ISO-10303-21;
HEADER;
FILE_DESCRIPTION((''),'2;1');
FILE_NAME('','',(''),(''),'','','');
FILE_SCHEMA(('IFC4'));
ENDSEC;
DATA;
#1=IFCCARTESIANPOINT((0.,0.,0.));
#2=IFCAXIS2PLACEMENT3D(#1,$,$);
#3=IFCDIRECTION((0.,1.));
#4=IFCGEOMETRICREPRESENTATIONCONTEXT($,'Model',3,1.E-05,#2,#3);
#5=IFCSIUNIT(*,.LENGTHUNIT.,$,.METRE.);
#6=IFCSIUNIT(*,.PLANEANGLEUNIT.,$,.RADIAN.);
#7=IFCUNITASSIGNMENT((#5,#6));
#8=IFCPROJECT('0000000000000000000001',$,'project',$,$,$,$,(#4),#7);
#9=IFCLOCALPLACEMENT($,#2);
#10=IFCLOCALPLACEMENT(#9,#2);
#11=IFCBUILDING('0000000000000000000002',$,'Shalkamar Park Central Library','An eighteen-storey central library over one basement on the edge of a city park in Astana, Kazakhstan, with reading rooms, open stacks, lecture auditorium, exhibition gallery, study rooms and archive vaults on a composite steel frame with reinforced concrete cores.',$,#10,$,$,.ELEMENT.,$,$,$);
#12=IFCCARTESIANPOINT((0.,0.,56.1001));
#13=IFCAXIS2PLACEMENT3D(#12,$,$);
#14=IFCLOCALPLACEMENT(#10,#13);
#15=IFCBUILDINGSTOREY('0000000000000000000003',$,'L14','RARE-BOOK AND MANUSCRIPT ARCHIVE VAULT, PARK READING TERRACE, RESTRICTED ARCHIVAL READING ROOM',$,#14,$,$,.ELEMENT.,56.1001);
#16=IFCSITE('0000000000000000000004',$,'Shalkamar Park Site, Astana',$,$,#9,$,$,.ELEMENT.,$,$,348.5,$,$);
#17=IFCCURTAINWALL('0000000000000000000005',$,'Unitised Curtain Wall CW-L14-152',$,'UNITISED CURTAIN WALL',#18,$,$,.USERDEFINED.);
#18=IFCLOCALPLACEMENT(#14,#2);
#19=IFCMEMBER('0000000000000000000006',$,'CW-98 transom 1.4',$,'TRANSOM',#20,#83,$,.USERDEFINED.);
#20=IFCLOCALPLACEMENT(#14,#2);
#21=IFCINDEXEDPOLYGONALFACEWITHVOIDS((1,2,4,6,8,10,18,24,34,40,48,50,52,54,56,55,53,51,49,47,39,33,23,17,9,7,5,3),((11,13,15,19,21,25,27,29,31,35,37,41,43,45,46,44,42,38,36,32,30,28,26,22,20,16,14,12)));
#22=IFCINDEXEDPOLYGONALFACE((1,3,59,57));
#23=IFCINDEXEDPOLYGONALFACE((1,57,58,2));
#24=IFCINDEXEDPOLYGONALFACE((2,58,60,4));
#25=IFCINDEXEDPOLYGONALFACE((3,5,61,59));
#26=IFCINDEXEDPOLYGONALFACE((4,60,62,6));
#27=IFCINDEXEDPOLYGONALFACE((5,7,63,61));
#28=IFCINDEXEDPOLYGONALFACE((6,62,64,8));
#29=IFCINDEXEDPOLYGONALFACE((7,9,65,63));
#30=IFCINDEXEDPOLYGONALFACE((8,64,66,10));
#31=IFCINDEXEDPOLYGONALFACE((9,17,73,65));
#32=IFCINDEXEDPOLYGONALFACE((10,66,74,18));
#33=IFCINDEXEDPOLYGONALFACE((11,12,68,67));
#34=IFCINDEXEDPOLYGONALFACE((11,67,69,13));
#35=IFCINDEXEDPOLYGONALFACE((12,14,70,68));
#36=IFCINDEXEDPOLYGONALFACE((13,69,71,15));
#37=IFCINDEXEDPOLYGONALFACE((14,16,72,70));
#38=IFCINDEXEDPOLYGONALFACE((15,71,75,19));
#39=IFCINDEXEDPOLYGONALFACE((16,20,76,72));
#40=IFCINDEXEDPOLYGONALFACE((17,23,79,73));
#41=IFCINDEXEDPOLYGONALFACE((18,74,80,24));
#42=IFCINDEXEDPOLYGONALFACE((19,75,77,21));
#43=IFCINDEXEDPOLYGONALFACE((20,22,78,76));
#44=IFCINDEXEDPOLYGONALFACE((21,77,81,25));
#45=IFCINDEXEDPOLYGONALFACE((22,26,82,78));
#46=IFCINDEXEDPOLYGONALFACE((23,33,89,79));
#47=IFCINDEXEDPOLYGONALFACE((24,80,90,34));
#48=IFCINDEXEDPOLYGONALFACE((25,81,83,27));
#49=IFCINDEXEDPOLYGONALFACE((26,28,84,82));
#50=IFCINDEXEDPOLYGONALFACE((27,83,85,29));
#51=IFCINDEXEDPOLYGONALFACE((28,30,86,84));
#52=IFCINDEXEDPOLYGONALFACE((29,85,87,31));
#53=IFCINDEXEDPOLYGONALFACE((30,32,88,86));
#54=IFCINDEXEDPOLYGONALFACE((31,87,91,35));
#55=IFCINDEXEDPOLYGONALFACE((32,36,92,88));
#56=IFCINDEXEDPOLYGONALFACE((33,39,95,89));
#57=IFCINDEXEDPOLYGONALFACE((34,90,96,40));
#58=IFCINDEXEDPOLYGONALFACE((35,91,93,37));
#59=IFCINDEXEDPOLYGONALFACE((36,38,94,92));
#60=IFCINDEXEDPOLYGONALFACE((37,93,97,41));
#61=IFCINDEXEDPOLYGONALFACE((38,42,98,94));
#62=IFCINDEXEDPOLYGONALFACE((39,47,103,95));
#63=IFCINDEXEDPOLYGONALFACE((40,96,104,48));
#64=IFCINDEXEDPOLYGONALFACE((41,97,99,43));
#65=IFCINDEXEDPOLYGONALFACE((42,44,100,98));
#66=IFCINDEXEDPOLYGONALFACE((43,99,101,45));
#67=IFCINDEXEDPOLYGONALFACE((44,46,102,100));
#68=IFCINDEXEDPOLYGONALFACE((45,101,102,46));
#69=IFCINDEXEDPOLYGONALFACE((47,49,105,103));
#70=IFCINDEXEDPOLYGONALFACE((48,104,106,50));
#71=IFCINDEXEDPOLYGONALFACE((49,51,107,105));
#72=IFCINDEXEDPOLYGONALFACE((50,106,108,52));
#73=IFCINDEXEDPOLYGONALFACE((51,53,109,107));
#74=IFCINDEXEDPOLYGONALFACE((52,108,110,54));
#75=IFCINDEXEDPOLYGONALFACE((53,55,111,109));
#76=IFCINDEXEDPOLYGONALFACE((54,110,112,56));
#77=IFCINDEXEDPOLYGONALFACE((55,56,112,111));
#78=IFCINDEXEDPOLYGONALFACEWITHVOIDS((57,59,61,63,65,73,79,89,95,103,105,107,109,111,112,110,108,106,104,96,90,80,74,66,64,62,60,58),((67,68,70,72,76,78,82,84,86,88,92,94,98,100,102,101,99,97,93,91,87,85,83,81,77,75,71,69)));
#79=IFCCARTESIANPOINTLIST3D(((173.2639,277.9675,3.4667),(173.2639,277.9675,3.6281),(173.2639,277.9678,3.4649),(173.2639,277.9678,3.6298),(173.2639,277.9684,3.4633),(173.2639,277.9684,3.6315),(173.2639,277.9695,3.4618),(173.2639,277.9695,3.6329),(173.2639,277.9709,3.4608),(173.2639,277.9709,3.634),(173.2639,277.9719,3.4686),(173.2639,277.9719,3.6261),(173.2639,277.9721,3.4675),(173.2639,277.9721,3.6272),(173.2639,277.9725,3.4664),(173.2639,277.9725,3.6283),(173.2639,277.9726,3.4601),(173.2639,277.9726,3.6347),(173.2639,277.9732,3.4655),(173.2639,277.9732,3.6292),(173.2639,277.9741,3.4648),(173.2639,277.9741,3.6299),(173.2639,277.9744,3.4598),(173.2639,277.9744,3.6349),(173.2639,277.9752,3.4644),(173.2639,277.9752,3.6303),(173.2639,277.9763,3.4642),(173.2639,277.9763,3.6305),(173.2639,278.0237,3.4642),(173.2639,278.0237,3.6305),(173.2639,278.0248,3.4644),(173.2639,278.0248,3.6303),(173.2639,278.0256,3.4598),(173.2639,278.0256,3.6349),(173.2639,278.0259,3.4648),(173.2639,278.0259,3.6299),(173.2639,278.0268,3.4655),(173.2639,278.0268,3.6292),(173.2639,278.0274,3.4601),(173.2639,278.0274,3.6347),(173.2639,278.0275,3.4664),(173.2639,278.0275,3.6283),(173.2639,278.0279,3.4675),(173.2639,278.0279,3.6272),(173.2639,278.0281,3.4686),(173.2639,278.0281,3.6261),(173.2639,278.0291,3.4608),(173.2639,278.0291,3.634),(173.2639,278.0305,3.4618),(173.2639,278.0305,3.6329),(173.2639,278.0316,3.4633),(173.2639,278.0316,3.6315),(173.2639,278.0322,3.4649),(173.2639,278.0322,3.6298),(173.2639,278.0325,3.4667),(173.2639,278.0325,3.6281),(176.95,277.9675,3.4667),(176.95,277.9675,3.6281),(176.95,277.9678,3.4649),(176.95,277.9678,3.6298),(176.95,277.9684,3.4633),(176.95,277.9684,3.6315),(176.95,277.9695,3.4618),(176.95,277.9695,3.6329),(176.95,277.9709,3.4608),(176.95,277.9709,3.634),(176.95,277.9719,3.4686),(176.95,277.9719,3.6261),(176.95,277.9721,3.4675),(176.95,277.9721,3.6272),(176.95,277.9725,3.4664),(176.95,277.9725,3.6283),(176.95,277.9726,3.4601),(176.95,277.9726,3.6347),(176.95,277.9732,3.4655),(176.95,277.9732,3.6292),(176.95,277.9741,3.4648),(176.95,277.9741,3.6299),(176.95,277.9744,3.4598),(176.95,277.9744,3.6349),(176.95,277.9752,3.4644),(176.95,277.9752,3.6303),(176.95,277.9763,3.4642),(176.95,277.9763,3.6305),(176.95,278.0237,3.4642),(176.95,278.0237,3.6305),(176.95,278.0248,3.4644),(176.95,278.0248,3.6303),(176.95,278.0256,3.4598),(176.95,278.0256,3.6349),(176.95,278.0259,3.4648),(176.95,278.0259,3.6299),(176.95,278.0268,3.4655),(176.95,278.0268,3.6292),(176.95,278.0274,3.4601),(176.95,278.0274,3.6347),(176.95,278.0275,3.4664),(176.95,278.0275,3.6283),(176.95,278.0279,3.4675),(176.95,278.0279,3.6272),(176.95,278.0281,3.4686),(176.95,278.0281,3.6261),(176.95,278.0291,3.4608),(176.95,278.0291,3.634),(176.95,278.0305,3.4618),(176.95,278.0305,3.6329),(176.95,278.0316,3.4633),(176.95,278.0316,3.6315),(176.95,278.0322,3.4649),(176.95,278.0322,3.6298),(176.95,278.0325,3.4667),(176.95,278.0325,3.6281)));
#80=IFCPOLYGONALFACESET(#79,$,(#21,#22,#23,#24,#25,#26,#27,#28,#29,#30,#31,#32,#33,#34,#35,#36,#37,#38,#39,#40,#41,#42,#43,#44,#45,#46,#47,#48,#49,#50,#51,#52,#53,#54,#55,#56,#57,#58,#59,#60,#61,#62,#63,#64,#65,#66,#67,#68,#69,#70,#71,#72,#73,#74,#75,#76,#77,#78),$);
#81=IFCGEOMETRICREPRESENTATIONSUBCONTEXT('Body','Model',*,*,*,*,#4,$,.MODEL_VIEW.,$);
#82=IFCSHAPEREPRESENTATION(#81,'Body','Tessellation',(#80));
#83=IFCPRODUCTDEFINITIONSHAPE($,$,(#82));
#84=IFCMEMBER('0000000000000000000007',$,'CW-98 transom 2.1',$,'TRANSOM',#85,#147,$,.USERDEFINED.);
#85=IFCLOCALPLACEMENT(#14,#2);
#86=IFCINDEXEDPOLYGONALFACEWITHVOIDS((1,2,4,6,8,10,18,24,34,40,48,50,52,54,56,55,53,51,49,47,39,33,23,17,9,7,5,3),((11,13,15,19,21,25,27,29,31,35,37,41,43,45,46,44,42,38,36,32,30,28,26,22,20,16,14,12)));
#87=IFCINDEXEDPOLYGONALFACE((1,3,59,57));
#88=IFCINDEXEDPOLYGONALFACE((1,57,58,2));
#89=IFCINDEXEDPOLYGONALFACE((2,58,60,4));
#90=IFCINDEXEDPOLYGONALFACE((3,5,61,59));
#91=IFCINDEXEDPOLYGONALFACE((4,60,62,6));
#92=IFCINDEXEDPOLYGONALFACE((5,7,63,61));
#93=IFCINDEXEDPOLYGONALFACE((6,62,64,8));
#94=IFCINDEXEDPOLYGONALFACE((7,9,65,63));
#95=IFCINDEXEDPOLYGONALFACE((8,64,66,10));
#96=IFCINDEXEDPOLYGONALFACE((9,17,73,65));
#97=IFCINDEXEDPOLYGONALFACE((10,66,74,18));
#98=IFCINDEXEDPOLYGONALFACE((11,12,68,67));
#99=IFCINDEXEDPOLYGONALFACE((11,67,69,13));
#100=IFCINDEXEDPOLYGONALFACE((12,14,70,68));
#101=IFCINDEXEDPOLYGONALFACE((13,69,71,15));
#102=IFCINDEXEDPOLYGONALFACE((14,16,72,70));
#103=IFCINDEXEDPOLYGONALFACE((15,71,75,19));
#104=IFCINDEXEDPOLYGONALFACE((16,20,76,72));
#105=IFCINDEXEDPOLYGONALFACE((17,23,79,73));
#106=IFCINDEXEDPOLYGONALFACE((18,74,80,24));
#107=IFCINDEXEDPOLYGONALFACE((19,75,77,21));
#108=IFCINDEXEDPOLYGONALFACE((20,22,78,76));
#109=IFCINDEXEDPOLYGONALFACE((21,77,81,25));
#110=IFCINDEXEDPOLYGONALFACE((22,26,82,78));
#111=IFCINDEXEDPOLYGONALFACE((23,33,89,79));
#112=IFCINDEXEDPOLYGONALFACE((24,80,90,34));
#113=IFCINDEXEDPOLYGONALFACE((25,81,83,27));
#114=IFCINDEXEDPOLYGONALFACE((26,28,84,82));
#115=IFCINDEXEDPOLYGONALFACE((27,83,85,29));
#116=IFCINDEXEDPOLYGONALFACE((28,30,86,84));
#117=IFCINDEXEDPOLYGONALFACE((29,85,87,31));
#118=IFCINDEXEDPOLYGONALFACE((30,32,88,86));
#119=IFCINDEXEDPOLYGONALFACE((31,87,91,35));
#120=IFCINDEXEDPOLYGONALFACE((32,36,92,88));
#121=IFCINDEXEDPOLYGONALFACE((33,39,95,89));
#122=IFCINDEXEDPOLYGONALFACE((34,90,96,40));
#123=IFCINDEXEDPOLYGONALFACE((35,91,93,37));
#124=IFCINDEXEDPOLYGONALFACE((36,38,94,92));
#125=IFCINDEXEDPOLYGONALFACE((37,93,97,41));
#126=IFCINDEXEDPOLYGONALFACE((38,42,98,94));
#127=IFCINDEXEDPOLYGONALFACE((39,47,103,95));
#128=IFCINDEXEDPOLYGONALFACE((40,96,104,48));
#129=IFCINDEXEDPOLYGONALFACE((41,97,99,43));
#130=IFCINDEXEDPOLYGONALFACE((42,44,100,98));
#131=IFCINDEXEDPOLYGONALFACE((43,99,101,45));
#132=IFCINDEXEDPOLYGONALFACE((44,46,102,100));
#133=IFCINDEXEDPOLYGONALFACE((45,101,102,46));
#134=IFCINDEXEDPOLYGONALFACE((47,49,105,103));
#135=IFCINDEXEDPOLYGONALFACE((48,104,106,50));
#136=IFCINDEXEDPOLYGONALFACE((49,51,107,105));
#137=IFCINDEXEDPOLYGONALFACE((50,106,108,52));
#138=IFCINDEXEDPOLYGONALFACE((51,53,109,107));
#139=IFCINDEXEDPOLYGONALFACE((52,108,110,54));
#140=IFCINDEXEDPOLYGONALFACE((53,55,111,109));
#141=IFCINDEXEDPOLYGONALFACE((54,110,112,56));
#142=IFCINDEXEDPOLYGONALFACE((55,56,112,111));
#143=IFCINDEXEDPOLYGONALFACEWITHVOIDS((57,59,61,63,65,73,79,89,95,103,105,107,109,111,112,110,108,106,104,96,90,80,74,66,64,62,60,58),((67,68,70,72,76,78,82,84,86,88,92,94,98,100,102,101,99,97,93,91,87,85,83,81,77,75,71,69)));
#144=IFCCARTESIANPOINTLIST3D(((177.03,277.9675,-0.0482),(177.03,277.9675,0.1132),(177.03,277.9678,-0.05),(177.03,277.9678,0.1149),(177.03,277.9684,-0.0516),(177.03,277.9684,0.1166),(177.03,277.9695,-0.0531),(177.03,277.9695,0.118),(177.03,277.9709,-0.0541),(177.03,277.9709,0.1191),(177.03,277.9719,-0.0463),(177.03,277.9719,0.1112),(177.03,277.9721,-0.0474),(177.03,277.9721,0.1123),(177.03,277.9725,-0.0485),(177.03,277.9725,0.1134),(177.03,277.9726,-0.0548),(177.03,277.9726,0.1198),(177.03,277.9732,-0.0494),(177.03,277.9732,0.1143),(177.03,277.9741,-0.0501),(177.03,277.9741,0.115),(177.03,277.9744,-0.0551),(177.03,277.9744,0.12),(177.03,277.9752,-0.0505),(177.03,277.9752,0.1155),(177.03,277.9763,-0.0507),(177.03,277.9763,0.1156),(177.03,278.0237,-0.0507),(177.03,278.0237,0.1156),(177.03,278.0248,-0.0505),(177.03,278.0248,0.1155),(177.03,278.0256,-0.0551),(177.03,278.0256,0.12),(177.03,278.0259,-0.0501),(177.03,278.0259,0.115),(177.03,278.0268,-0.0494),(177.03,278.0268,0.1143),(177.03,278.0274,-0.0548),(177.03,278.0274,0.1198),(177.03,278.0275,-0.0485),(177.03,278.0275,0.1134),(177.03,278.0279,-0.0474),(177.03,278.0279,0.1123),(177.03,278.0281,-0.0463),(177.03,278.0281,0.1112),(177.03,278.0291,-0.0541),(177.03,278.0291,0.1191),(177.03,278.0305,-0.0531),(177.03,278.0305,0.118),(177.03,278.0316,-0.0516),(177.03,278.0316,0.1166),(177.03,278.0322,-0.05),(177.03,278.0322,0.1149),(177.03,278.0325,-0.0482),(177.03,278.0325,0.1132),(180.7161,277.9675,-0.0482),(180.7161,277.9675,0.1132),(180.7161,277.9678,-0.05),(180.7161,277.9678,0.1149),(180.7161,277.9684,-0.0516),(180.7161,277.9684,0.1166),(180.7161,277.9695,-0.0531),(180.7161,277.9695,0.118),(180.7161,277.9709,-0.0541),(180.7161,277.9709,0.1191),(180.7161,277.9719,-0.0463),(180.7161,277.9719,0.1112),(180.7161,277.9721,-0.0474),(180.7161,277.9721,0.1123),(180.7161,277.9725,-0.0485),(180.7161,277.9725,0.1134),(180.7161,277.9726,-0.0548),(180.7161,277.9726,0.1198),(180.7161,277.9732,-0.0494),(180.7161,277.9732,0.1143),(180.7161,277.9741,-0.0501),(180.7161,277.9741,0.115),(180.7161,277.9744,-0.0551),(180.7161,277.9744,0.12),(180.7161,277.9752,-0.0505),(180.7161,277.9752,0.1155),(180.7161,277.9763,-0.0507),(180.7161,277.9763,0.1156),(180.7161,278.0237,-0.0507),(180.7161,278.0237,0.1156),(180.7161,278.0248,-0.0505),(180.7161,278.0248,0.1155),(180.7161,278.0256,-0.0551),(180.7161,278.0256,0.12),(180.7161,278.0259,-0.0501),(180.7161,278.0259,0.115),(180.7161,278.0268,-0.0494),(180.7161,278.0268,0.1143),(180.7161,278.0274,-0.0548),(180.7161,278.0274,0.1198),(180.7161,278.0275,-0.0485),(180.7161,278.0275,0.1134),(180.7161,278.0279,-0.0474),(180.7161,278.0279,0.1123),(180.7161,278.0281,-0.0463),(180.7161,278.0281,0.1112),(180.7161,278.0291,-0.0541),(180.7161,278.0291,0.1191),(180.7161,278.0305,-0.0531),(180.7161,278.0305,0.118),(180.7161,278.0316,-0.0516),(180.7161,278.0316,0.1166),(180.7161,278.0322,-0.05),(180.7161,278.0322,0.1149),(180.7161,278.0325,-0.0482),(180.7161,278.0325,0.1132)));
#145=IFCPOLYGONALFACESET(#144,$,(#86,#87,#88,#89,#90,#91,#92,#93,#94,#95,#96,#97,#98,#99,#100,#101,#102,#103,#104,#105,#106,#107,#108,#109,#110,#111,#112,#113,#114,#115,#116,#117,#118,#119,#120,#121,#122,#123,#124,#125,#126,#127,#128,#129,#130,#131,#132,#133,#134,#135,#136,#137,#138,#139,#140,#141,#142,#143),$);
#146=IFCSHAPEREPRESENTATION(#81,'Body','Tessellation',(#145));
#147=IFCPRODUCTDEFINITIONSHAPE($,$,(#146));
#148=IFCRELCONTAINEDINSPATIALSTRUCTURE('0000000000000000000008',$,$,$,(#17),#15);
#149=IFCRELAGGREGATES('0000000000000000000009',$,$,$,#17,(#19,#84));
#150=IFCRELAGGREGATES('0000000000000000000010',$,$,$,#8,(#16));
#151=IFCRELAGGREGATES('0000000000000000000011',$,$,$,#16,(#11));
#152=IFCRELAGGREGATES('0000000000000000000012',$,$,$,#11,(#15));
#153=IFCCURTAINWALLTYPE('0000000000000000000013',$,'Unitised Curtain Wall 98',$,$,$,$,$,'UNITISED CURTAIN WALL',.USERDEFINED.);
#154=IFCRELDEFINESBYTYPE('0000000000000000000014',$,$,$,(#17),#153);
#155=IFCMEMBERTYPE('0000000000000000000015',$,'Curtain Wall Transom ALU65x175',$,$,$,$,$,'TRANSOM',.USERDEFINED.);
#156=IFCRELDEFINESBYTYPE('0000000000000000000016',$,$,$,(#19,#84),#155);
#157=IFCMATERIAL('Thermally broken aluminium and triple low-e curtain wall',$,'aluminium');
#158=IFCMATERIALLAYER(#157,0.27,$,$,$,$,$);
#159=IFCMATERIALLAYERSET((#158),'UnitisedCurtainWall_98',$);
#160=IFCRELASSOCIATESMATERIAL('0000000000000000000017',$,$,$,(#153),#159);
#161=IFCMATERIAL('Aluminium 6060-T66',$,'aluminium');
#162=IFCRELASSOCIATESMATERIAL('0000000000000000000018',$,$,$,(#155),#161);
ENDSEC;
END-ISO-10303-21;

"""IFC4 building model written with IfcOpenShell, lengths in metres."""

from ifc_helpers import new_model, si_unit, direction, frame, origin, origin_2d, place, context, subcontext, project, spatial, hollow_rectangle, extrude, material, layer, layer_set, material_profile, profile_set, type_object, element, aggregate, save


model = new_model("IFC4")

# Units and contexts
model_context = context("Model", 3, precision=1e-05, world=origin(), true_north=direction((0.0, 1.0)))
body_context = subcontext(model_context, "Body", "Model", "MODEL_VIEW")
ifc_project = project(units=[si_unit("LENGTHUNIT", "METRE"), si_unit("PLANEANGLEUNIT", "RADIAN")], contexts=[model_context])

# Site, building, storey
site_placement = place(None, origin())
site = spatial("IfcSite", under=ifc_project, at=site_placement, Name="Shalkamar Park Site, Astana", CompositionType="ELEMENT", RefElevation=348.5)
building_placement = place(site_placement, origin())
building = spatial("IfcBuilding", under=site, at=building_placement, Name="Shalkamar Park Central Library", Description="An eighteen-storey central library over one basement on the edge of a city park in Astana, Kazakhstan, with reading rooms, open stacks, lecture auditorium, exhibition gallery, study rooms and archive vaults on a composite steel frame with reinforced concrete cores.", CompositionType="ELEMENT")
storey_placement = place(building_placement, frame((0.0, 0.0, 56.1001)))
storey = spatial("IfcBuildingStorey", under=building, at=storey_placement, Name="L14", Description="RARE-BOOK AND MANUSCRIPT ARCHIVE VAULT, PARK READING TERRACE, RESTRICTED ARCHIVAL READING ROOM", CompositionType="ELEMENT", Elevation=56.1001)

# Curtain wall
ifc_material_1 = material(Name="Thermally broken aluminium and triple low-e curtain wall", Category="aluminium")
ifc_layer_1 = layer(ifc_material_1, 0.27)
ifc_layer_set_1 = layer_set([ifc_layer_1], Name="UnitisedCurtainWall_98")
curtain_wall_type_1 = type_object("IfcCurtainWallType", Name="Unitised Curtain Wall 98", ElementType="UNITISED CURTAIN WALL", PredefinedType="USERDEFINED", material=ifc_layer_set_1)
curtain_wall_1_placement = place(storey_placement, origin())
curtain_wall_1 = element("IfcCurtainWall", 1, at=curtain_wall_1_placement, inside=storey, type_object=curtain_wall_type_1, Name="Unitised Curtain Wall CW-L14-152", ObjectType="UNITISED CURTAIN WALL", PredefinedType="USERDEFINED")
ifc_material_2 = material(Name="Aluminium 6060-T66", Category="aluminium")

# Members
ifc_material_profile_1 = material_profile(ifc_material_2, hollow_rectangle(XDim=0.0649, YDim=0.175, WallThickness=0.0044, InnerFilletRadius=0.0044, OuterFilletRadius=0.0068, at=origin_2d()), Name="ALU 65x175x4.5")
ifc_profile_set_1 = profile_set([ifc_material_profile_1], Name="Aluminium 6060-T66")
member_type_1 = type_object("IfcMemberType", Name="Curtain Wall Transom ALU65x175", ElementType="TRANSOM", PredefinedType="USERDEFINED", material=ifc_profile_set_1)
member_1_placement = place(storey_placement, frame((173.2639, 278.0, 3.5474), z_axis=(1.0, 0.0, 0.0), x_axis=(0.0, 1.0, 0.0)))
member_1 = element("IfcMember", 2, at=member_1_placement, type_object=member_type_1, Name="CW-98 transom 1.4", ObjectType="TRANSOM", PredefinedType="USERDEFINED", context=body_context, shape_type="SweptSolid", body=[
    extrude(hollow_rectangle(XDim=0.0649, YDim=0.175, WallThickness=0.0044, InnerFilletRadius=0.0044, OuterFilletRadius=0.0068, at=origin_2d()), origin(), (0.0, 0.0, 1.0), 3.686),
])
member_2_placement = place(storey_placement, frame((177.03, 278.0, 0.0325), z_axis=(1.0, 0.0, 0.0), x_axis=(0.0, 1.0, 0.0)))
member_2 = element("IfcMember", 3, at=member_2_placement, type_object=member_type_1, Name="CW-98 transom 2.1", ObjectType="TRANSOM", PredefinedType="USERDEFINED", context=body_context, shape_type="SweptSolid", body=[
    extrude(hollow_rectangle(XDim=0.0649, YDim=0.175, WallThickness=0.0044, InnerFilletRadius=0.0044, OuterFilletRadius=0.0068, at=origin_2d()), origin(), (0.0, 0.0, 1.0), 3.686),
])

aggregate(curtain_wall_1, [member_1, member_2])

save(model, "model.ifc")
